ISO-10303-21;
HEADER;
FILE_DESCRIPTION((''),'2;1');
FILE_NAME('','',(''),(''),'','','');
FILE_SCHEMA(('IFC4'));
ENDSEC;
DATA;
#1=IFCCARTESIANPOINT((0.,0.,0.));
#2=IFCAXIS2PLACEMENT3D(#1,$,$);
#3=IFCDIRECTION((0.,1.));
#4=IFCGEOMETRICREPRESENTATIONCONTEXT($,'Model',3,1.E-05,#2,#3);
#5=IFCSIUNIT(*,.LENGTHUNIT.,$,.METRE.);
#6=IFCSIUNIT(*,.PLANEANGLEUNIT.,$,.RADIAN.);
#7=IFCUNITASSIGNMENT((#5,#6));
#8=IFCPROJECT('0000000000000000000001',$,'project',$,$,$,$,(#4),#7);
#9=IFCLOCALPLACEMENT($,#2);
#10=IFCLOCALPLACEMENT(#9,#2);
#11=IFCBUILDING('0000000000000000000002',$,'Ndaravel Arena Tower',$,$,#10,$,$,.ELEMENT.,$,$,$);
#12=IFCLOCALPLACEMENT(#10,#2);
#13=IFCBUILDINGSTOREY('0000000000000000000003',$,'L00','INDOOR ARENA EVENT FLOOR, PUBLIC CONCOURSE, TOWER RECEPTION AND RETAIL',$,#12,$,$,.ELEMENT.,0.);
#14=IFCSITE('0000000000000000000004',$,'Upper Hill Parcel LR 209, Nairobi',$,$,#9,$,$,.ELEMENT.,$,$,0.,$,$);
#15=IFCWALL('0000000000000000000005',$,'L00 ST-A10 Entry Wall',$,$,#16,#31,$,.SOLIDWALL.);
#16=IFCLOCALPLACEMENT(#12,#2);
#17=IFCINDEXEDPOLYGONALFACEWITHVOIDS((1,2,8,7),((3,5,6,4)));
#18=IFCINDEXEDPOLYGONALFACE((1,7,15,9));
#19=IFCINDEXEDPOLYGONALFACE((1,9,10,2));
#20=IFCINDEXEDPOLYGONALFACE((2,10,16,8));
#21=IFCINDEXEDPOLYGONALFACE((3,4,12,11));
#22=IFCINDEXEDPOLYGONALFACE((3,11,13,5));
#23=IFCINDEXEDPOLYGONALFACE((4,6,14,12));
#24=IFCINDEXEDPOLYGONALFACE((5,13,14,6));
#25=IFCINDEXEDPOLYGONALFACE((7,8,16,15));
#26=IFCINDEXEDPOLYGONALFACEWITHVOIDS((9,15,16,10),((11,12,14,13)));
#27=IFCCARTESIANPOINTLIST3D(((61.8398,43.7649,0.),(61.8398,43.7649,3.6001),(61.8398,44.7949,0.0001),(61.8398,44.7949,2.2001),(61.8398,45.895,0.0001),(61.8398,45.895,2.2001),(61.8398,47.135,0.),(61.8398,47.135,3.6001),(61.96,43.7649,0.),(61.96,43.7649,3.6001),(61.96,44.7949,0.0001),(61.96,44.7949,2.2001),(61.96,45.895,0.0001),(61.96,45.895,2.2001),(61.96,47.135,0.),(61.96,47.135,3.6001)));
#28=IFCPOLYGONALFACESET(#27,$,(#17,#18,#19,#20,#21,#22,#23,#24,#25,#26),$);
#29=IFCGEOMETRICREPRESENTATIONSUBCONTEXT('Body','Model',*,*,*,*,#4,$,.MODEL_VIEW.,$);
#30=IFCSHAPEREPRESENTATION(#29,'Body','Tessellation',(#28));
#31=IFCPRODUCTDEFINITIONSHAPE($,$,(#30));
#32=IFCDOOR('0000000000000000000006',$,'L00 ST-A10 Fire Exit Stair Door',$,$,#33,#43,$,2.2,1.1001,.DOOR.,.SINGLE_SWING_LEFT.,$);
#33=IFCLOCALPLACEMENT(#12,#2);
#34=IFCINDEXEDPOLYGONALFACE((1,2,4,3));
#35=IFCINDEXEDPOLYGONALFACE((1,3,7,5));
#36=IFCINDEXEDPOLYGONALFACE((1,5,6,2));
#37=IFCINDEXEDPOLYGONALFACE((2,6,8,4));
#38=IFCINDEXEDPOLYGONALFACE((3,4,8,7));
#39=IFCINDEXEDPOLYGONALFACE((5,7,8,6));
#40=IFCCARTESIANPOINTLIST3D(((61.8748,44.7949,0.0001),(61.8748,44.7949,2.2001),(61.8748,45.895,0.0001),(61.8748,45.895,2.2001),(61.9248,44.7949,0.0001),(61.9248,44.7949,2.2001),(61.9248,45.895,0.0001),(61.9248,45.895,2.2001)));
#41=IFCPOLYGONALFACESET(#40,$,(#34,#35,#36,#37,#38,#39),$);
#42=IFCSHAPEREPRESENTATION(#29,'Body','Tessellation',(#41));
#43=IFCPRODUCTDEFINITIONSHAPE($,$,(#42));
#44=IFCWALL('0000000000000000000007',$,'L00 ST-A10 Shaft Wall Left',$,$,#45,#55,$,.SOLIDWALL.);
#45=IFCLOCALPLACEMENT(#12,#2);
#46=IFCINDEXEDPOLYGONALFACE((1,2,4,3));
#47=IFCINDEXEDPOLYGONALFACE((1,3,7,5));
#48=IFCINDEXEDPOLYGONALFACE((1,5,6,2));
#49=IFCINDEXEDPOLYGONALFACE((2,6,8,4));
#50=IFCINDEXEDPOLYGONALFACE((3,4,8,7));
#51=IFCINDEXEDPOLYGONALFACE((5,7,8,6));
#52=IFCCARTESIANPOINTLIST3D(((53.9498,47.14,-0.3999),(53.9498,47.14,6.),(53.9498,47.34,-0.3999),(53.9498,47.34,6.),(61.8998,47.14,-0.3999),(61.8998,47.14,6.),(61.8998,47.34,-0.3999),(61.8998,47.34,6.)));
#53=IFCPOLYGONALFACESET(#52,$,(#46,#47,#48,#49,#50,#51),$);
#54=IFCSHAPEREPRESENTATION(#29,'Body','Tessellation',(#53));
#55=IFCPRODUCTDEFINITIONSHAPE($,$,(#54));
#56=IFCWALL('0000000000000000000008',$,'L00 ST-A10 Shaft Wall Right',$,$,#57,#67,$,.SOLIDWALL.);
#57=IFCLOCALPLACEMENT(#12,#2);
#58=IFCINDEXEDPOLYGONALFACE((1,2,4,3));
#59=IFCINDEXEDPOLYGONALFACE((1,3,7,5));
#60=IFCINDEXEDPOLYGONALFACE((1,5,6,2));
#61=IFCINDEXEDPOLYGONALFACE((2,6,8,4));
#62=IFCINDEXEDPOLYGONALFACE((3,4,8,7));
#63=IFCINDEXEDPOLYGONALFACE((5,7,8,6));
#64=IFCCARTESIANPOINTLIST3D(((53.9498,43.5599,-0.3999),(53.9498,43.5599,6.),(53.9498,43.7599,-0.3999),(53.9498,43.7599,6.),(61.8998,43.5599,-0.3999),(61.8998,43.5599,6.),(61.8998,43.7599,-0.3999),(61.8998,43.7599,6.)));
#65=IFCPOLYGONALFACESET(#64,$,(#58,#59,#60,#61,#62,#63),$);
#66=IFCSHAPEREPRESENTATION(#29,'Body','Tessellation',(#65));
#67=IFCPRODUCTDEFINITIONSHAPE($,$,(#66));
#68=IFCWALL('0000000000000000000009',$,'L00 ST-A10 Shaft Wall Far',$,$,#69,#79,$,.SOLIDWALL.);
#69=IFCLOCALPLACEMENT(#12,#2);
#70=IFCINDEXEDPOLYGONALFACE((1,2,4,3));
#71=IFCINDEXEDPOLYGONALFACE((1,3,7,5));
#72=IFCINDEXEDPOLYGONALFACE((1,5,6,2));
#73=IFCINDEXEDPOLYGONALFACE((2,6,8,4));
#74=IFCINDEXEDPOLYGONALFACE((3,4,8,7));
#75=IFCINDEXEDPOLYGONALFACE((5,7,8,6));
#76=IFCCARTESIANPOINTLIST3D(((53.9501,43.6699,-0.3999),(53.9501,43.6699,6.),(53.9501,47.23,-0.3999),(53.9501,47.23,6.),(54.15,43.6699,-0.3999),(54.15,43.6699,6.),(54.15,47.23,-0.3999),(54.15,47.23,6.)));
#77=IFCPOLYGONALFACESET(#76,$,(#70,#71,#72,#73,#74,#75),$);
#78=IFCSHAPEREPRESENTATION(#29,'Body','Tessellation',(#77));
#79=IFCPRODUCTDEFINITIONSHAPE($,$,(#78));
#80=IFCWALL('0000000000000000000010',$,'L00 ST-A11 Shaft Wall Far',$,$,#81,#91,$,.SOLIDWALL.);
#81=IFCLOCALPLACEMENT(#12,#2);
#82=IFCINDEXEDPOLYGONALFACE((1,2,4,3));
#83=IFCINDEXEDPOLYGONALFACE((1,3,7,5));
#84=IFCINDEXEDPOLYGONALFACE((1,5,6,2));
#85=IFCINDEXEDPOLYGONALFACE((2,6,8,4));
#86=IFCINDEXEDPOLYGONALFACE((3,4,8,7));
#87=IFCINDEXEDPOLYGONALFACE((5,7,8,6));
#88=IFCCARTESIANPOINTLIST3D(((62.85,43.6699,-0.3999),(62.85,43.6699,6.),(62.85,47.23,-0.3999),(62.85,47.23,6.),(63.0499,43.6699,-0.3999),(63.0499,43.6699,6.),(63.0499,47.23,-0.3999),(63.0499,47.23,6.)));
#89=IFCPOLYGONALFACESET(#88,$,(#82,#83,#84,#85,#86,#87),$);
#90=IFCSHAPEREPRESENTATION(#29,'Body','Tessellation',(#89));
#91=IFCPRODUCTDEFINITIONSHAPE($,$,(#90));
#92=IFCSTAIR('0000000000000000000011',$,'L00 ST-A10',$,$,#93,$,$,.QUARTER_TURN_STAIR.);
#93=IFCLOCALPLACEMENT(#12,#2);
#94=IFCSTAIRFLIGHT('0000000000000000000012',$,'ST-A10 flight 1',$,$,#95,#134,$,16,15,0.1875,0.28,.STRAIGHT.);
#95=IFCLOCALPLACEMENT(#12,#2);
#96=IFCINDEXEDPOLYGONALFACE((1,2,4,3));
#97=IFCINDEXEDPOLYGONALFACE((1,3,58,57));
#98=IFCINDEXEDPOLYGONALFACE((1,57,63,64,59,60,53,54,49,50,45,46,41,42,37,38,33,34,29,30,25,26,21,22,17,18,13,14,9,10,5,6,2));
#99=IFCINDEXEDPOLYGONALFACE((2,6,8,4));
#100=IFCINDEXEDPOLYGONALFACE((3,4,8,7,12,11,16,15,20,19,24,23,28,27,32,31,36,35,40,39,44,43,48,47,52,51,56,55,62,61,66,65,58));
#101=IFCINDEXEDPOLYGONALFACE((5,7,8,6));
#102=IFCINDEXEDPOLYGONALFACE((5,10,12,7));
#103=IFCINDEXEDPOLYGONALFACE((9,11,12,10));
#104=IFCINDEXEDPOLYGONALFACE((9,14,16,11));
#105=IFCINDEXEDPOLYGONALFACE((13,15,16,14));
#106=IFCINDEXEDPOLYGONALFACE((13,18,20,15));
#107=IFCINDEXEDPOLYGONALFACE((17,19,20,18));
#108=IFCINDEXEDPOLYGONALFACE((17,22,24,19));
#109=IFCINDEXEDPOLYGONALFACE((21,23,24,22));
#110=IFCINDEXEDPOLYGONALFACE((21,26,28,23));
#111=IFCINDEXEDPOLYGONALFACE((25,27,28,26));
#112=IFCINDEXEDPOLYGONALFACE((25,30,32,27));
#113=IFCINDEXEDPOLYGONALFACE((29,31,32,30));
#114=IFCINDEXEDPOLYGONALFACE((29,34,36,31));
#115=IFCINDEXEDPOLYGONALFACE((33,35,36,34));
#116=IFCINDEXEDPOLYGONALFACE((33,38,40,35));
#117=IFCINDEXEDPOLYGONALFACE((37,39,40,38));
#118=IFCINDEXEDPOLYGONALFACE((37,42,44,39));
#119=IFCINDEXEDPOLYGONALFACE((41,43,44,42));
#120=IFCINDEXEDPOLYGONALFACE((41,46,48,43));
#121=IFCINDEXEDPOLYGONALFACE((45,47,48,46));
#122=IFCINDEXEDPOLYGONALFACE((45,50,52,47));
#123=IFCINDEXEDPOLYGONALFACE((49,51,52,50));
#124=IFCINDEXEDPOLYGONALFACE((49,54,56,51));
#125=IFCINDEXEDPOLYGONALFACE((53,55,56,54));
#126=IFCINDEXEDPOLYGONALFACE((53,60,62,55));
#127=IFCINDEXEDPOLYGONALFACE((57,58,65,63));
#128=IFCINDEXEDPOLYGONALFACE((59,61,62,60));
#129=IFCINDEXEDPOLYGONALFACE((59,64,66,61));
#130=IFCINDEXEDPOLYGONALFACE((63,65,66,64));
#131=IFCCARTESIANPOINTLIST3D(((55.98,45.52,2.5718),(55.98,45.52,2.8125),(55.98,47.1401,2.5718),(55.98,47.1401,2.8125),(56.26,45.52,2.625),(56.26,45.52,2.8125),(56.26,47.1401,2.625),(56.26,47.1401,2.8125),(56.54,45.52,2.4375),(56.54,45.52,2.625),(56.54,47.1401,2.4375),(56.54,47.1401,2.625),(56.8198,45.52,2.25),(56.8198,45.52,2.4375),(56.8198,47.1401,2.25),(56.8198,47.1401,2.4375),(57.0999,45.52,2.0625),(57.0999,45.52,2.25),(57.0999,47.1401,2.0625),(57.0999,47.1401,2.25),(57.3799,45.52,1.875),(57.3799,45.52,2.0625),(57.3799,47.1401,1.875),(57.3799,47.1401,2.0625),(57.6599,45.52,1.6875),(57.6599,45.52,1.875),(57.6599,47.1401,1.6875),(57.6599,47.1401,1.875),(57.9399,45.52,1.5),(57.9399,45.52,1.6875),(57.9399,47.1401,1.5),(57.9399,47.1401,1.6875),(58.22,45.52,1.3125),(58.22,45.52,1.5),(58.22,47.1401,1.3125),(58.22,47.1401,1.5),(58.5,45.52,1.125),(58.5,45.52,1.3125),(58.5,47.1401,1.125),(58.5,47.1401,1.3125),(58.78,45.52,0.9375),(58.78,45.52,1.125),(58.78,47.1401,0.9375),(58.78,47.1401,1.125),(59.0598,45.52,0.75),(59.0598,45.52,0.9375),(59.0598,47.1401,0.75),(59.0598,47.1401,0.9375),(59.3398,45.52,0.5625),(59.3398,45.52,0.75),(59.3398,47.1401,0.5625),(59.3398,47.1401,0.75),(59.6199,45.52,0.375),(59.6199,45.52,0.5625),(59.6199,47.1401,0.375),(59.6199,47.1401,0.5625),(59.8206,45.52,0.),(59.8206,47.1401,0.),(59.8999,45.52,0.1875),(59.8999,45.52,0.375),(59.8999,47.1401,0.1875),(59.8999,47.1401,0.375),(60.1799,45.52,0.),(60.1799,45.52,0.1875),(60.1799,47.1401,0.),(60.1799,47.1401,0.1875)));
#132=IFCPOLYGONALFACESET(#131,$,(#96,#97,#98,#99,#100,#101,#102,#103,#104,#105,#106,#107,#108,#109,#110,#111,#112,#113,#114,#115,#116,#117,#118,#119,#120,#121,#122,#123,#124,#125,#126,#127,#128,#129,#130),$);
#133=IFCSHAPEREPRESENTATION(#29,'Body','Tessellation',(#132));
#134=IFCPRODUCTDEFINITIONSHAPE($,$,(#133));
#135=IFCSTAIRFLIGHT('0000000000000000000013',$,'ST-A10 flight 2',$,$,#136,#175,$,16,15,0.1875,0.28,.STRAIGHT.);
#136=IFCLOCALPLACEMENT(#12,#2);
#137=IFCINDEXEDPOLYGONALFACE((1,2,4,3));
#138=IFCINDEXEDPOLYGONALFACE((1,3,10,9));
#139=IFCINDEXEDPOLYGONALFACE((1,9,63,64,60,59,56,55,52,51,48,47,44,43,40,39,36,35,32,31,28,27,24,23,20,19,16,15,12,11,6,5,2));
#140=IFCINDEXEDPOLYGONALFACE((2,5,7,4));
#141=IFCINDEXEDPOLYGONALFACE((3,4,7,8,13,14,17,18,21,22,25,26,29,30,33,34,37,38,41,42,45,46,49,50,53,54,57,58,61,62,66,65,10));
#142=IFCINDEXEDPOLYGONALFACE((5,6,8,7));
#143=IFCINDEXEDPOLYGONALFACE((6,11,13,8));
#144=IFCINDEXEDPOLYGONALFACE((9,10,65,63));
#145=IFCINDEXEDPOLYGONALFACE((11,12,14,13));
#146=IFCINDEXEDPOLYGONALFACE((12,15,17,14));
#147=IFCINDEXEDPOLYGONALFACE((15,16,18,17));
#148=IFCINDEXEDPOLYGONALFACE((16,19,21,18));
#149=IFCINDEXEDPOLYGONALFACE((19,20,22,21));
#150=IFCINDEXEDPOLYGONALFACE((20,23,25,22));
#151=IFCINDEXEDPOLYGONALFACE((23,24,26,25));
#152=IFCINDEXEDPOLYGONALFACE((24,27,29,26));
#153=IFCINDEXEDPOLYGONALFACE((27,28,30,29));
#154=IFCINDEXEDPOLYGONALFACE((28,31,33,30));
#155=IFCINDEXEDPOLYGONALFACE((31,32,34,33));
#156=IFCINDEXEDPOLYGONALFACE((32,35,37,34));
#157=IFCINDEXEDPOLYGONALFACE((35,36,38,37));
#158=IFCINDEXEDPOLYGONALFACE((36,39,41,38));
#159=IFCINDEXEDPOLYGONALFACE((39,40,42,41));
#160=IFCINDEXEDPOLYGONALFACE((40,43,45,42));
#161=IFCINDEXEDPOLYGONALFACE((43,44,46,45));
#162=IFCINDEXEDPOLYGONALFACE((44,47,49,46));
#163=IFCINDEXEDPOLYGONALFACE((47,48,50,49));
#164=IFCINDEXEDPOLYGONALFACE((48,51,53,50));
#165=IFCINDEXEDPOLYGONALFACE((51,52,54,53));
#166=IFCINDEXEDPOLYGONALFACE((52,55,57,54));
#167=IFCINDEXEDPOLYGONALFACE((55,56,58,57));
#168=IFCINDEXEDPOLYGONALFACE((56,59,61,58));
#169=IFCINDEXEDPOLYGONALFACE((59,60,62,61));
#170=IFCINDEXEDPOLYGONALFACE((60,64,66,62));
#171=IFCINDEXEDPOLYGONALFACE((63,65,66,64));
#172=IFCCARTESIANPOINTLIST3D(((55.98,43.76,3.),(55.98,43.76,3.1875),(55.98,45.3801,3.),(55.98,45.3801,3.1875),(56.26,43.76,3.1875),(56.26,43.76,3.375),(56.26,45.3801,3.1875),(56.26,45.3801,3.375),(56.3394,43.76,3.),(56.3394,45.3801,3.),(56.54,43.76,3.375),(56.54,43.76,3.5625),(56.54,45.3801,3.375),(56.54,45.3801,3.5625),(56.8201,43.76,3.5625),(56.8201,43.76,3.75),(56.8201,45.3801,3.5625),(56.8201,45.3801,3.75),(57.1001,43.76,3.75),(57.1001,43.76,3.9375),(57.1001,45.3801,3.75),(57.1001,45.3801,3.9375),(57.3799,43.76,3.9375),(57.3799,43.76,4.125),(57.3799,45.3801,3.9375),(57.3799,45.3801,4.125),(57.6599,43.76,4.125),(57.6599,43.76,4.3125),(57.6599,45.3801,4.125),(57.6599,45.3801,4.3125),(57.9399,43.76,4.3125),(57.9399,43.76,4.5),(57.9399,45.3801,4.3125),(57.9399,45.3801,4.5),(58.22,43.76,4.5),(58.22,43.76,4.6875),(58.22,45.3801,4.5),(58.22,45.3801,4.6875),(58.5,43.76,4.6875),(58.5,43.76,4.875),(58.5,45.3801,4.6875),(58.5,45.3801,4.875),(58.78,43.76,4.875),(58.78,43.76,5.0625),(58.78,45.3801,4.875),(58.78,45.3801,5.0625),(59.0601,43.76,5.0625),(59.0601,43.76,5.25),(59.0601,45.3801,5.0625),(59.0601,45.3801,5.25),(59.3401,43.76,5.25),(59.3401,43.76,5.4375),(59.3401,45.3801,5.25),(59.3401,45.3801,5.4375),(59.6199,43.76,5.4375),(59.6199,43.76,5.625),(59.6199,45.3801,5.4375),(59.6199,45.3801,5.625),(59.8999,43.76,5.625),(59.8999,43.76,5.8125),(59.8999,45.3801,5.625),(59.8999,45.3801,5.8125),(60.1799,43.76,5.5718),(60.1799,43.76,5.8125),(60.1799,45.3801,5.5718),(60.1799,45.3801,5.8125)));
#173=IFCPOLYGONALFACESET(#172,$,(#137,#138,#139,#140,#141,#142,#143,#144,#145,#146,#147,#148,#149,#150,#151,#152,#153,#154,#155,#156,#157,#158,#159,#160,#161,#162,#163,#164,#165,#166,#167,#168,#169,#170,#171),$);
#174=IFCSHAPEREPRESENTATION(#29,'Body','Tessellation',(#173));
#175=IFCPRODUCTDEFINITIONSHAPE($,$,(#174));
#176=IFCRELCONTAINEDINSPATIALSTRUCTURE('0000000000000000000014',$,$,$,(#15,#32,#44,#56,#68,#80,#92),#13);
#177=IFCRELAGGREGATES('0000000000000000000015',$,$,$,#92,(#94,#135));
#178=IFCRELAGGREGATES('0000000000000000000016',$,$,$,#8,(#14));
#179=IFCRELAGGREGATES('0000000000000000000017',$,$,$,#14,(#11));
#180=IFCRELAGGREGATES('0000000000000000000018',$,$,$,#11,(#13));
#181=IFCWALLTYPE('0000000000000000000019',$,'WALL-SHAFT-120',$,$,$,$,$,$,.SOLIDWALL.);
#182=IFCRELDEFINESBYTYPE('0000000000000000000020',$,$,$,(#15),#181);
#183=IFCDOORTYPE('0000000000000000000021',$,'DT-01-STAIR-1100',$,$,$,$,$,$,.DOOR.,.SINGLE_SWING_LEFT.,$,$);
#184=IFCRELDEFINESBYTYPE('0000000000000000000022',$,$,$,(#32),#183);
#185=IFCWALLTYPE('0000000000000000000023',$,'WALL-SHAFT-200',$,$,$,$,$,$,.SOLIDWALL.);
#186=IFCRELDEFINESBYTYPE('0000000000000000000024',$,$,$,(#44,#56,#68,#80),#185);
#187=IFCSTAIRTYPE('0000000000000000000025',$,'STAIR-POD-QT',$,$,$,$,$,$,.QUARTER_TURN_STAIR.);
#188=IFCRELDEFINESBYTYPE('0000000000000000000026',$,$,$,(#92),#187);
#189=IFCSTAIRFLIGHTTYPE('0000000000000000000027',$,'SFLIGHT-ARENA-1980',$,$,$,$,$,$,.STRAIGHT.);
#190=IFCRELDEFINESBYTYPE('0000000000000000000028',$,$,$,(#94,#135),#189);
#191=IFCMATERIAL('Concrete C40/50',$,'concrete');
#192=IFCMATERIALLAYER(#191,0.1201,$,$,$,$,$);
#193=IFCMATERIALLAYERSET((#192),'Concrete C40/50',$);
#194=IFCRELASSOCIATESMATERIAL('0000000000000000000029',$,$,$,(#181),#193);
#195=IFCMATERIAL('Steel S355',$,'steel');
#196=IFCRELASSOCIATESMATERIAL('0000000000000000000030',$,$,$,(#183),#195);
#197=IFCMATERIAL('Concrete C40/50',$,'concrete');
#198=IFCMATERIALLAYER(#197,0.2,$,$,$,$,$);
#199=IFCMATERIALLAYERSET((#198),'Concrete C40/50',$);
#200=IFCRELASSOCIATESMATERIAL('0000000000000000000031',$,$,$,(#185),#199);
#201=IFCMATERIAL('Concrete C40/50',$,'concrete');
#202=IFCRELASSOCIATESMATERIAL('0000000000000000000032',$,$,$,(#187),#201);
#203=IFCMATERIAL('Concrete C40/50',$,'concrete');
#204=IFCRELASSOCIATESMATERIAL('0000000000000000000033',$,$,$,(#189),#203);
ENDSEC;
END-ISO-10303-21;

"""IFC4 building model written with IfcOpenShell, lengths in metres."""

from ifc_helpers import new_model, si_unit, direction, frame, frame_2d, origin, place, context, subcontext, project, spatial, polyline, rectangle, outline, extrude, material, layer, layer_set, type_object, element, fill, aggregate, save


model = new_model("IFC4")

# Units and contexts
model_context = context("Model", 3, precision=1e-05, world=origin(), true_north=direction((0.0, 1.0)))
body_context = subcontext(model_context, "Body", "Model", "MODEL_VIEW")
ifc_project = project(units=[si_unit("LENGTHUNIT", "METRE"), si_unit("PLANEANGLEUNIT", "RADIAN")], contexts=[model_context])

# Site, building, storey
site_placement = place(None, origin())
site = spatial("IfcSite", under=ifc_project, at=site_placement, Name="Upper Hill Parcel LR 209, Nairobi", CompositionType="ELEMENT", RefElevation=0.0)
building_placement = place(site_placement, origin())
building = spatial("IfcBuilding", under=site, at=building_placement, Name="Ndaravel Arena Tower", CompositionType="ELEMENT")
storey_placement = place(building_placement, origin())
storey = spatial("IfcBuildingStorey", under=building, at=storey_placement, Name="L00", Description="INDOOR ARENA EVENT FLOOR, PUBLIC CONCOURSE, TOWER RECEPTION AND RETAIL", CompositionType="ELEMENT", Elevation=0.0)

# Wall, opening, door
ifc_material_1 = material(Name="Concrete C40/50", Category="concrete")
ifc_layer_1 = layer(ifc_material_1, 0.1201)
ifc_layer_set_1 = layer_set([ifc_layer_1], Name="Concrete C40/50")
wall_type_1 = type_object("IfcWallType", Name="WALL-SHAFT-120", PredefinedType="SOLIDWALL", material=ifc_layer_set_1)
wall_1_placement = place(storey_placement, frame((61.8999, 47.135, 0.0), z_axis=(0.0, 0.0, 1.0), x_axis=(0.0, -1.0, 0.0)))
wall_1 = element("IfcWall", 1, at=wall_1_placement, inside=storey, type_object=wall_type_1, Name="L00 ST-A10 Entry Wall", PredefinedType="SOLIDWALL", context=body_context, shape_type="SweptSolid", body=[
    extrude(rectangle(XDim=3.3701, YDim=0.1201, at=frame_2d((1.6851, 0.0))), origin(), (0.0, 0.0, 1.0), 3.6001),
])
opening_1_placement = place(wall_1_placement, frame((1.24, 0.0, 0.0)))
opening_1 = element("IfcOpeningElement", 2, at=opening_1_placement, cuts=wall_1, PredefinedType="OPENING", context=body_context, shape_type="SweptSolid", body=[
    extrude(rectangle(XDim=1.1001, YDim=2.2, at=frame_2d((0.55, 1.1001))), frame((0.0, 0.0601, 0.0), z_axis=(0.0, -1.0, 0.0), x_axis=(1.0, 0.0, 0.0)), (0.0, 0.0, 1.0), 0.1201),
])
ifc_material_2 = material(Name="Steel S355", Category="steel")
door_type_1 = type_object("IfcDoorType", Name="DT-01-STAIR-1100", OperationType="SINGLE_SWING_LEFT", PredefinedType="DOOR", material=ifc_material_2)
door_1_placement = place(opening_1_placement, origin())
door_1 = element("IfcDoor", 3, at=door_1_placement, inside=storey, type_object=door_type_1, Name="L00 ST-A10 Fire Exit Stair Door", OperationType="SINGLE_SWING_LEFT", OverallHeight=2.2, OverallWidth=1.1001, PredefinedType="DOOR", context=body_context, shape_type="SweptSolid", body=[
    extrude(rectangle(XDim=1.1001, YDim=2.2, at=frame_2d((0.55, 1.1001))), frame((0.0, 0.0249, 0.0), z_axis=(0.0, -1.0, 0.0), x_axis=(1.0, 0.0, 0.0)), (0.0, 0.0, 1.0), 0.05),
])
fill(opening_1, door_1)

# Walls
ifc_material_3 = material(Name="Concrete C40/50", Category="concrete")
ifc_layer_2 = layer(ifc_material_3, 0.2)
ifc_layer_set_2 = layer_set([ifc_layer_2], Name="Concrete C40/50")
wall_type_2 = type_object("IfcWallType", Name="WALL-SHAFT-200", PredefinedType="SOLIDWALL", material=ifc_layer_set_2)
for number, where, z_axis, x_axis, name in (
    (4, (61.8999, 47.24, -0.3999), (0.0, 0.0, 1.0), (-1.0, 0.0, 0.0), "L00 ST-A10 Shaft Wall Left"),
    (5, (61.8999, 43.6599, -0.3999), (0.0, 0.0, 1.0), (-1.0, 0.0, 0.0), "L00 ST-A10 Shaft Wall Right"),
):
    element("IfcWall", number, at=place(storey_placement, frame(where, z_axis=z_axis, x_axis=x_axis)), inside=storey, type_object=wall_type_2, Name=name, PredefinedType="SOLIDWALL", context=body_context, shape_type="SweptSolid", body=[
        extrude(rectangle(XDim=7.95, YDim=0.2, at=frame_2d((3.9751, 0.0))), origin(), (0.0, 0.0, 1.0), 6.3999),
    ])
for number, where, z_axis, x_axis, name in (
    (6, (54.05, 47.23, -0.3999), (0.0, 0.0, 1.0), (0.0, -1.0, 0.0), "L00 ST-A10 Shaft Wall Far"),
    (7, (62.95, 47.23, -0.3999), (0.0, 0.0, 1.0), (0.0, -1.0, 0.0), "L00 ST-A11 Shaft Wall Far"),
):
    element("IfcWall", number, at=place(storey_placement, frame(where, z_axis=z_axis, x_axis=x_axis)), inside=storey, type_object=wall_type_2, Name=name, PredefinedType="SOLIDWALL", context=body_context, shape_type="SweptSolid", body=[
        extrude(rectangle(XDim=3.5601, YDim=0.2, at=frame_2d((1.78, 0.0))), origin(), (0.0, 0.0, 1.0), 6.3999),
    ])

# Stair, stair flights
ifc_material_4 = material(Name="Concrete C40/50", Category="concrete")
stair_type = type_object("IfcStairType", Name="STAIR-POD-QT", PredefinedType="QUARTER_TURN_STAIR", material=ifc_material_4)
stair_1_placement = place(storey_placement, origin())
stair_1 = element("IfcStair", 8, at=stair_1_placement, inside=storey, type_object=stair_type, Name="L00 ST-A10", PredefinedType="QUARTER_TURN_STAIR")
ifc_material_5 = material(Name="Concrete C40/50", Category="concrete")
stair_flight_type = type_object("IfcStairFlightType", Name="SFLIGHT-ARENA-1980", PredefinedType="STRAIGHT", material=ifc_material_5)
stair_flight_1_placement = place(storey_placement, frame((60.1799, 46.3301, 0.0), z_axis=(0.0, 0.0, 1.0), x_axis=(-1.0, 0.0, 0.0)))
stair_flight_1 = element("IfcStairFlight", 9, at=stair_flight_1_placement, type_object=stair_flight_type, Name="ST-A10 flight 1", NumberOfRisers=16, NumberOfTreads=15, PredefinedType="STRAIGHT", RiserHeight=0.1875, TreadLength=0.28, context=body_context, shape_type="SweptSolid", body=[
    extrude(outline(polyline([(0.0, 0.0), (0.0, 0.1875), (0.28, 0.1875), (0.28, 0.375), (0.5601, 0.375), (0.5601, 0.5625), (0.8401, 0.5625), (0.8401, 0.75), (1.1201, 0.75), (1.1201, 0.9375), (1.3999, 0.9375), (1.3999, 1.125), (1.6799, 1.125), (1.6799, 1.3125), (1.96, 1.3125), (1.96, 1.5), (2.24, 1.5), (2.24, 1.6875), (2.52, 1.6875), (2.52, 1.875), (2.8, 1.875), (2.8, 2.0625), (3.0801, 2.0625), (3.0801, 2.25), (3.3601, 2.25), (3.3601, 2.4375), (3.6399, 2.4375), (3.6399, 2.625), (3.9199, 2.625), (3.9199, 2.8125), (4.2, 2.8125), (4.2, 3.0), (4.2, 2.5718), (0.3594, 0.0), (0.0, 0.0)])), frame((0.0, 0.8101, 0.0), z_axis=(0.0, -1.0, 0.0), x_axis=(1.0, 0.0, 0.0)), (0.0, 0.0, 1.0), 1.6201),
])
stair_flight_2_placement = place(storey_placement, frame((55.98, 44.5701, 3.0), z_axis=(0.0, 0.0, 1.0), x_axis=(1.0, 0.0, 0.0)))
stair_flight_2 = element("IfcStairFlight", 10, at=stair_flight_2_placement, type_object=stair_flight_type, Name="ST-A10 flight 2", NumberOfRisers=16, NumberOfTreads=15, PredefinedType="STRAIGHT", RiserHeight=0.1875, TreadLength=0.28, context=body_context, shape_type="SweptSolid", body=[
    extrude(outline(polyline([(0.0, 0.0), (0.0, 0.1875), (0.28, 0.1875), (0.28, 0.375), (0.5601, 0.375), (0.5601, 0.5625), (0.8401, 0.5625), (0.8401, 0.75), (1.1201, 0.75), (1.1201, 0.9375), (1.3999, 0.9375), (1.3999, 1.125), (1.6799, 1.125), (1.6799, 1.3125), (1.96, 1.3125), (1.96, 1.5), (2.24, 1.5), (2.24, 1.6875), (2.52, 1.6875), (2.52, 1.875), (2.8, 1.875), (2.8, 2.0625), (3.0801, 2.0625), (3.0801, 2.25), (3.3601, 2.25), (3.3601, 2.4375), (3.6399, 2.4375), (3.6399, 2.625), (3.9199, 2.625), (3.9199, 2.8125), (4.2, 2.8125), (4.2, 3.0), (4.2, 2.5718), (0.3594, 0.0), (0.0, 0.0)])), frame((0.0, 0.8101, 0.0), z_axis=(0.0, -1.0, 0.0), x_axis=(1.0, 0.0, 0.0)), (0.0, 0.0, 1.0), 1.6201),
])
aggregate(stair_1, [stair_flight_1, stair_flight_2])

save(model, "model.ifc")
